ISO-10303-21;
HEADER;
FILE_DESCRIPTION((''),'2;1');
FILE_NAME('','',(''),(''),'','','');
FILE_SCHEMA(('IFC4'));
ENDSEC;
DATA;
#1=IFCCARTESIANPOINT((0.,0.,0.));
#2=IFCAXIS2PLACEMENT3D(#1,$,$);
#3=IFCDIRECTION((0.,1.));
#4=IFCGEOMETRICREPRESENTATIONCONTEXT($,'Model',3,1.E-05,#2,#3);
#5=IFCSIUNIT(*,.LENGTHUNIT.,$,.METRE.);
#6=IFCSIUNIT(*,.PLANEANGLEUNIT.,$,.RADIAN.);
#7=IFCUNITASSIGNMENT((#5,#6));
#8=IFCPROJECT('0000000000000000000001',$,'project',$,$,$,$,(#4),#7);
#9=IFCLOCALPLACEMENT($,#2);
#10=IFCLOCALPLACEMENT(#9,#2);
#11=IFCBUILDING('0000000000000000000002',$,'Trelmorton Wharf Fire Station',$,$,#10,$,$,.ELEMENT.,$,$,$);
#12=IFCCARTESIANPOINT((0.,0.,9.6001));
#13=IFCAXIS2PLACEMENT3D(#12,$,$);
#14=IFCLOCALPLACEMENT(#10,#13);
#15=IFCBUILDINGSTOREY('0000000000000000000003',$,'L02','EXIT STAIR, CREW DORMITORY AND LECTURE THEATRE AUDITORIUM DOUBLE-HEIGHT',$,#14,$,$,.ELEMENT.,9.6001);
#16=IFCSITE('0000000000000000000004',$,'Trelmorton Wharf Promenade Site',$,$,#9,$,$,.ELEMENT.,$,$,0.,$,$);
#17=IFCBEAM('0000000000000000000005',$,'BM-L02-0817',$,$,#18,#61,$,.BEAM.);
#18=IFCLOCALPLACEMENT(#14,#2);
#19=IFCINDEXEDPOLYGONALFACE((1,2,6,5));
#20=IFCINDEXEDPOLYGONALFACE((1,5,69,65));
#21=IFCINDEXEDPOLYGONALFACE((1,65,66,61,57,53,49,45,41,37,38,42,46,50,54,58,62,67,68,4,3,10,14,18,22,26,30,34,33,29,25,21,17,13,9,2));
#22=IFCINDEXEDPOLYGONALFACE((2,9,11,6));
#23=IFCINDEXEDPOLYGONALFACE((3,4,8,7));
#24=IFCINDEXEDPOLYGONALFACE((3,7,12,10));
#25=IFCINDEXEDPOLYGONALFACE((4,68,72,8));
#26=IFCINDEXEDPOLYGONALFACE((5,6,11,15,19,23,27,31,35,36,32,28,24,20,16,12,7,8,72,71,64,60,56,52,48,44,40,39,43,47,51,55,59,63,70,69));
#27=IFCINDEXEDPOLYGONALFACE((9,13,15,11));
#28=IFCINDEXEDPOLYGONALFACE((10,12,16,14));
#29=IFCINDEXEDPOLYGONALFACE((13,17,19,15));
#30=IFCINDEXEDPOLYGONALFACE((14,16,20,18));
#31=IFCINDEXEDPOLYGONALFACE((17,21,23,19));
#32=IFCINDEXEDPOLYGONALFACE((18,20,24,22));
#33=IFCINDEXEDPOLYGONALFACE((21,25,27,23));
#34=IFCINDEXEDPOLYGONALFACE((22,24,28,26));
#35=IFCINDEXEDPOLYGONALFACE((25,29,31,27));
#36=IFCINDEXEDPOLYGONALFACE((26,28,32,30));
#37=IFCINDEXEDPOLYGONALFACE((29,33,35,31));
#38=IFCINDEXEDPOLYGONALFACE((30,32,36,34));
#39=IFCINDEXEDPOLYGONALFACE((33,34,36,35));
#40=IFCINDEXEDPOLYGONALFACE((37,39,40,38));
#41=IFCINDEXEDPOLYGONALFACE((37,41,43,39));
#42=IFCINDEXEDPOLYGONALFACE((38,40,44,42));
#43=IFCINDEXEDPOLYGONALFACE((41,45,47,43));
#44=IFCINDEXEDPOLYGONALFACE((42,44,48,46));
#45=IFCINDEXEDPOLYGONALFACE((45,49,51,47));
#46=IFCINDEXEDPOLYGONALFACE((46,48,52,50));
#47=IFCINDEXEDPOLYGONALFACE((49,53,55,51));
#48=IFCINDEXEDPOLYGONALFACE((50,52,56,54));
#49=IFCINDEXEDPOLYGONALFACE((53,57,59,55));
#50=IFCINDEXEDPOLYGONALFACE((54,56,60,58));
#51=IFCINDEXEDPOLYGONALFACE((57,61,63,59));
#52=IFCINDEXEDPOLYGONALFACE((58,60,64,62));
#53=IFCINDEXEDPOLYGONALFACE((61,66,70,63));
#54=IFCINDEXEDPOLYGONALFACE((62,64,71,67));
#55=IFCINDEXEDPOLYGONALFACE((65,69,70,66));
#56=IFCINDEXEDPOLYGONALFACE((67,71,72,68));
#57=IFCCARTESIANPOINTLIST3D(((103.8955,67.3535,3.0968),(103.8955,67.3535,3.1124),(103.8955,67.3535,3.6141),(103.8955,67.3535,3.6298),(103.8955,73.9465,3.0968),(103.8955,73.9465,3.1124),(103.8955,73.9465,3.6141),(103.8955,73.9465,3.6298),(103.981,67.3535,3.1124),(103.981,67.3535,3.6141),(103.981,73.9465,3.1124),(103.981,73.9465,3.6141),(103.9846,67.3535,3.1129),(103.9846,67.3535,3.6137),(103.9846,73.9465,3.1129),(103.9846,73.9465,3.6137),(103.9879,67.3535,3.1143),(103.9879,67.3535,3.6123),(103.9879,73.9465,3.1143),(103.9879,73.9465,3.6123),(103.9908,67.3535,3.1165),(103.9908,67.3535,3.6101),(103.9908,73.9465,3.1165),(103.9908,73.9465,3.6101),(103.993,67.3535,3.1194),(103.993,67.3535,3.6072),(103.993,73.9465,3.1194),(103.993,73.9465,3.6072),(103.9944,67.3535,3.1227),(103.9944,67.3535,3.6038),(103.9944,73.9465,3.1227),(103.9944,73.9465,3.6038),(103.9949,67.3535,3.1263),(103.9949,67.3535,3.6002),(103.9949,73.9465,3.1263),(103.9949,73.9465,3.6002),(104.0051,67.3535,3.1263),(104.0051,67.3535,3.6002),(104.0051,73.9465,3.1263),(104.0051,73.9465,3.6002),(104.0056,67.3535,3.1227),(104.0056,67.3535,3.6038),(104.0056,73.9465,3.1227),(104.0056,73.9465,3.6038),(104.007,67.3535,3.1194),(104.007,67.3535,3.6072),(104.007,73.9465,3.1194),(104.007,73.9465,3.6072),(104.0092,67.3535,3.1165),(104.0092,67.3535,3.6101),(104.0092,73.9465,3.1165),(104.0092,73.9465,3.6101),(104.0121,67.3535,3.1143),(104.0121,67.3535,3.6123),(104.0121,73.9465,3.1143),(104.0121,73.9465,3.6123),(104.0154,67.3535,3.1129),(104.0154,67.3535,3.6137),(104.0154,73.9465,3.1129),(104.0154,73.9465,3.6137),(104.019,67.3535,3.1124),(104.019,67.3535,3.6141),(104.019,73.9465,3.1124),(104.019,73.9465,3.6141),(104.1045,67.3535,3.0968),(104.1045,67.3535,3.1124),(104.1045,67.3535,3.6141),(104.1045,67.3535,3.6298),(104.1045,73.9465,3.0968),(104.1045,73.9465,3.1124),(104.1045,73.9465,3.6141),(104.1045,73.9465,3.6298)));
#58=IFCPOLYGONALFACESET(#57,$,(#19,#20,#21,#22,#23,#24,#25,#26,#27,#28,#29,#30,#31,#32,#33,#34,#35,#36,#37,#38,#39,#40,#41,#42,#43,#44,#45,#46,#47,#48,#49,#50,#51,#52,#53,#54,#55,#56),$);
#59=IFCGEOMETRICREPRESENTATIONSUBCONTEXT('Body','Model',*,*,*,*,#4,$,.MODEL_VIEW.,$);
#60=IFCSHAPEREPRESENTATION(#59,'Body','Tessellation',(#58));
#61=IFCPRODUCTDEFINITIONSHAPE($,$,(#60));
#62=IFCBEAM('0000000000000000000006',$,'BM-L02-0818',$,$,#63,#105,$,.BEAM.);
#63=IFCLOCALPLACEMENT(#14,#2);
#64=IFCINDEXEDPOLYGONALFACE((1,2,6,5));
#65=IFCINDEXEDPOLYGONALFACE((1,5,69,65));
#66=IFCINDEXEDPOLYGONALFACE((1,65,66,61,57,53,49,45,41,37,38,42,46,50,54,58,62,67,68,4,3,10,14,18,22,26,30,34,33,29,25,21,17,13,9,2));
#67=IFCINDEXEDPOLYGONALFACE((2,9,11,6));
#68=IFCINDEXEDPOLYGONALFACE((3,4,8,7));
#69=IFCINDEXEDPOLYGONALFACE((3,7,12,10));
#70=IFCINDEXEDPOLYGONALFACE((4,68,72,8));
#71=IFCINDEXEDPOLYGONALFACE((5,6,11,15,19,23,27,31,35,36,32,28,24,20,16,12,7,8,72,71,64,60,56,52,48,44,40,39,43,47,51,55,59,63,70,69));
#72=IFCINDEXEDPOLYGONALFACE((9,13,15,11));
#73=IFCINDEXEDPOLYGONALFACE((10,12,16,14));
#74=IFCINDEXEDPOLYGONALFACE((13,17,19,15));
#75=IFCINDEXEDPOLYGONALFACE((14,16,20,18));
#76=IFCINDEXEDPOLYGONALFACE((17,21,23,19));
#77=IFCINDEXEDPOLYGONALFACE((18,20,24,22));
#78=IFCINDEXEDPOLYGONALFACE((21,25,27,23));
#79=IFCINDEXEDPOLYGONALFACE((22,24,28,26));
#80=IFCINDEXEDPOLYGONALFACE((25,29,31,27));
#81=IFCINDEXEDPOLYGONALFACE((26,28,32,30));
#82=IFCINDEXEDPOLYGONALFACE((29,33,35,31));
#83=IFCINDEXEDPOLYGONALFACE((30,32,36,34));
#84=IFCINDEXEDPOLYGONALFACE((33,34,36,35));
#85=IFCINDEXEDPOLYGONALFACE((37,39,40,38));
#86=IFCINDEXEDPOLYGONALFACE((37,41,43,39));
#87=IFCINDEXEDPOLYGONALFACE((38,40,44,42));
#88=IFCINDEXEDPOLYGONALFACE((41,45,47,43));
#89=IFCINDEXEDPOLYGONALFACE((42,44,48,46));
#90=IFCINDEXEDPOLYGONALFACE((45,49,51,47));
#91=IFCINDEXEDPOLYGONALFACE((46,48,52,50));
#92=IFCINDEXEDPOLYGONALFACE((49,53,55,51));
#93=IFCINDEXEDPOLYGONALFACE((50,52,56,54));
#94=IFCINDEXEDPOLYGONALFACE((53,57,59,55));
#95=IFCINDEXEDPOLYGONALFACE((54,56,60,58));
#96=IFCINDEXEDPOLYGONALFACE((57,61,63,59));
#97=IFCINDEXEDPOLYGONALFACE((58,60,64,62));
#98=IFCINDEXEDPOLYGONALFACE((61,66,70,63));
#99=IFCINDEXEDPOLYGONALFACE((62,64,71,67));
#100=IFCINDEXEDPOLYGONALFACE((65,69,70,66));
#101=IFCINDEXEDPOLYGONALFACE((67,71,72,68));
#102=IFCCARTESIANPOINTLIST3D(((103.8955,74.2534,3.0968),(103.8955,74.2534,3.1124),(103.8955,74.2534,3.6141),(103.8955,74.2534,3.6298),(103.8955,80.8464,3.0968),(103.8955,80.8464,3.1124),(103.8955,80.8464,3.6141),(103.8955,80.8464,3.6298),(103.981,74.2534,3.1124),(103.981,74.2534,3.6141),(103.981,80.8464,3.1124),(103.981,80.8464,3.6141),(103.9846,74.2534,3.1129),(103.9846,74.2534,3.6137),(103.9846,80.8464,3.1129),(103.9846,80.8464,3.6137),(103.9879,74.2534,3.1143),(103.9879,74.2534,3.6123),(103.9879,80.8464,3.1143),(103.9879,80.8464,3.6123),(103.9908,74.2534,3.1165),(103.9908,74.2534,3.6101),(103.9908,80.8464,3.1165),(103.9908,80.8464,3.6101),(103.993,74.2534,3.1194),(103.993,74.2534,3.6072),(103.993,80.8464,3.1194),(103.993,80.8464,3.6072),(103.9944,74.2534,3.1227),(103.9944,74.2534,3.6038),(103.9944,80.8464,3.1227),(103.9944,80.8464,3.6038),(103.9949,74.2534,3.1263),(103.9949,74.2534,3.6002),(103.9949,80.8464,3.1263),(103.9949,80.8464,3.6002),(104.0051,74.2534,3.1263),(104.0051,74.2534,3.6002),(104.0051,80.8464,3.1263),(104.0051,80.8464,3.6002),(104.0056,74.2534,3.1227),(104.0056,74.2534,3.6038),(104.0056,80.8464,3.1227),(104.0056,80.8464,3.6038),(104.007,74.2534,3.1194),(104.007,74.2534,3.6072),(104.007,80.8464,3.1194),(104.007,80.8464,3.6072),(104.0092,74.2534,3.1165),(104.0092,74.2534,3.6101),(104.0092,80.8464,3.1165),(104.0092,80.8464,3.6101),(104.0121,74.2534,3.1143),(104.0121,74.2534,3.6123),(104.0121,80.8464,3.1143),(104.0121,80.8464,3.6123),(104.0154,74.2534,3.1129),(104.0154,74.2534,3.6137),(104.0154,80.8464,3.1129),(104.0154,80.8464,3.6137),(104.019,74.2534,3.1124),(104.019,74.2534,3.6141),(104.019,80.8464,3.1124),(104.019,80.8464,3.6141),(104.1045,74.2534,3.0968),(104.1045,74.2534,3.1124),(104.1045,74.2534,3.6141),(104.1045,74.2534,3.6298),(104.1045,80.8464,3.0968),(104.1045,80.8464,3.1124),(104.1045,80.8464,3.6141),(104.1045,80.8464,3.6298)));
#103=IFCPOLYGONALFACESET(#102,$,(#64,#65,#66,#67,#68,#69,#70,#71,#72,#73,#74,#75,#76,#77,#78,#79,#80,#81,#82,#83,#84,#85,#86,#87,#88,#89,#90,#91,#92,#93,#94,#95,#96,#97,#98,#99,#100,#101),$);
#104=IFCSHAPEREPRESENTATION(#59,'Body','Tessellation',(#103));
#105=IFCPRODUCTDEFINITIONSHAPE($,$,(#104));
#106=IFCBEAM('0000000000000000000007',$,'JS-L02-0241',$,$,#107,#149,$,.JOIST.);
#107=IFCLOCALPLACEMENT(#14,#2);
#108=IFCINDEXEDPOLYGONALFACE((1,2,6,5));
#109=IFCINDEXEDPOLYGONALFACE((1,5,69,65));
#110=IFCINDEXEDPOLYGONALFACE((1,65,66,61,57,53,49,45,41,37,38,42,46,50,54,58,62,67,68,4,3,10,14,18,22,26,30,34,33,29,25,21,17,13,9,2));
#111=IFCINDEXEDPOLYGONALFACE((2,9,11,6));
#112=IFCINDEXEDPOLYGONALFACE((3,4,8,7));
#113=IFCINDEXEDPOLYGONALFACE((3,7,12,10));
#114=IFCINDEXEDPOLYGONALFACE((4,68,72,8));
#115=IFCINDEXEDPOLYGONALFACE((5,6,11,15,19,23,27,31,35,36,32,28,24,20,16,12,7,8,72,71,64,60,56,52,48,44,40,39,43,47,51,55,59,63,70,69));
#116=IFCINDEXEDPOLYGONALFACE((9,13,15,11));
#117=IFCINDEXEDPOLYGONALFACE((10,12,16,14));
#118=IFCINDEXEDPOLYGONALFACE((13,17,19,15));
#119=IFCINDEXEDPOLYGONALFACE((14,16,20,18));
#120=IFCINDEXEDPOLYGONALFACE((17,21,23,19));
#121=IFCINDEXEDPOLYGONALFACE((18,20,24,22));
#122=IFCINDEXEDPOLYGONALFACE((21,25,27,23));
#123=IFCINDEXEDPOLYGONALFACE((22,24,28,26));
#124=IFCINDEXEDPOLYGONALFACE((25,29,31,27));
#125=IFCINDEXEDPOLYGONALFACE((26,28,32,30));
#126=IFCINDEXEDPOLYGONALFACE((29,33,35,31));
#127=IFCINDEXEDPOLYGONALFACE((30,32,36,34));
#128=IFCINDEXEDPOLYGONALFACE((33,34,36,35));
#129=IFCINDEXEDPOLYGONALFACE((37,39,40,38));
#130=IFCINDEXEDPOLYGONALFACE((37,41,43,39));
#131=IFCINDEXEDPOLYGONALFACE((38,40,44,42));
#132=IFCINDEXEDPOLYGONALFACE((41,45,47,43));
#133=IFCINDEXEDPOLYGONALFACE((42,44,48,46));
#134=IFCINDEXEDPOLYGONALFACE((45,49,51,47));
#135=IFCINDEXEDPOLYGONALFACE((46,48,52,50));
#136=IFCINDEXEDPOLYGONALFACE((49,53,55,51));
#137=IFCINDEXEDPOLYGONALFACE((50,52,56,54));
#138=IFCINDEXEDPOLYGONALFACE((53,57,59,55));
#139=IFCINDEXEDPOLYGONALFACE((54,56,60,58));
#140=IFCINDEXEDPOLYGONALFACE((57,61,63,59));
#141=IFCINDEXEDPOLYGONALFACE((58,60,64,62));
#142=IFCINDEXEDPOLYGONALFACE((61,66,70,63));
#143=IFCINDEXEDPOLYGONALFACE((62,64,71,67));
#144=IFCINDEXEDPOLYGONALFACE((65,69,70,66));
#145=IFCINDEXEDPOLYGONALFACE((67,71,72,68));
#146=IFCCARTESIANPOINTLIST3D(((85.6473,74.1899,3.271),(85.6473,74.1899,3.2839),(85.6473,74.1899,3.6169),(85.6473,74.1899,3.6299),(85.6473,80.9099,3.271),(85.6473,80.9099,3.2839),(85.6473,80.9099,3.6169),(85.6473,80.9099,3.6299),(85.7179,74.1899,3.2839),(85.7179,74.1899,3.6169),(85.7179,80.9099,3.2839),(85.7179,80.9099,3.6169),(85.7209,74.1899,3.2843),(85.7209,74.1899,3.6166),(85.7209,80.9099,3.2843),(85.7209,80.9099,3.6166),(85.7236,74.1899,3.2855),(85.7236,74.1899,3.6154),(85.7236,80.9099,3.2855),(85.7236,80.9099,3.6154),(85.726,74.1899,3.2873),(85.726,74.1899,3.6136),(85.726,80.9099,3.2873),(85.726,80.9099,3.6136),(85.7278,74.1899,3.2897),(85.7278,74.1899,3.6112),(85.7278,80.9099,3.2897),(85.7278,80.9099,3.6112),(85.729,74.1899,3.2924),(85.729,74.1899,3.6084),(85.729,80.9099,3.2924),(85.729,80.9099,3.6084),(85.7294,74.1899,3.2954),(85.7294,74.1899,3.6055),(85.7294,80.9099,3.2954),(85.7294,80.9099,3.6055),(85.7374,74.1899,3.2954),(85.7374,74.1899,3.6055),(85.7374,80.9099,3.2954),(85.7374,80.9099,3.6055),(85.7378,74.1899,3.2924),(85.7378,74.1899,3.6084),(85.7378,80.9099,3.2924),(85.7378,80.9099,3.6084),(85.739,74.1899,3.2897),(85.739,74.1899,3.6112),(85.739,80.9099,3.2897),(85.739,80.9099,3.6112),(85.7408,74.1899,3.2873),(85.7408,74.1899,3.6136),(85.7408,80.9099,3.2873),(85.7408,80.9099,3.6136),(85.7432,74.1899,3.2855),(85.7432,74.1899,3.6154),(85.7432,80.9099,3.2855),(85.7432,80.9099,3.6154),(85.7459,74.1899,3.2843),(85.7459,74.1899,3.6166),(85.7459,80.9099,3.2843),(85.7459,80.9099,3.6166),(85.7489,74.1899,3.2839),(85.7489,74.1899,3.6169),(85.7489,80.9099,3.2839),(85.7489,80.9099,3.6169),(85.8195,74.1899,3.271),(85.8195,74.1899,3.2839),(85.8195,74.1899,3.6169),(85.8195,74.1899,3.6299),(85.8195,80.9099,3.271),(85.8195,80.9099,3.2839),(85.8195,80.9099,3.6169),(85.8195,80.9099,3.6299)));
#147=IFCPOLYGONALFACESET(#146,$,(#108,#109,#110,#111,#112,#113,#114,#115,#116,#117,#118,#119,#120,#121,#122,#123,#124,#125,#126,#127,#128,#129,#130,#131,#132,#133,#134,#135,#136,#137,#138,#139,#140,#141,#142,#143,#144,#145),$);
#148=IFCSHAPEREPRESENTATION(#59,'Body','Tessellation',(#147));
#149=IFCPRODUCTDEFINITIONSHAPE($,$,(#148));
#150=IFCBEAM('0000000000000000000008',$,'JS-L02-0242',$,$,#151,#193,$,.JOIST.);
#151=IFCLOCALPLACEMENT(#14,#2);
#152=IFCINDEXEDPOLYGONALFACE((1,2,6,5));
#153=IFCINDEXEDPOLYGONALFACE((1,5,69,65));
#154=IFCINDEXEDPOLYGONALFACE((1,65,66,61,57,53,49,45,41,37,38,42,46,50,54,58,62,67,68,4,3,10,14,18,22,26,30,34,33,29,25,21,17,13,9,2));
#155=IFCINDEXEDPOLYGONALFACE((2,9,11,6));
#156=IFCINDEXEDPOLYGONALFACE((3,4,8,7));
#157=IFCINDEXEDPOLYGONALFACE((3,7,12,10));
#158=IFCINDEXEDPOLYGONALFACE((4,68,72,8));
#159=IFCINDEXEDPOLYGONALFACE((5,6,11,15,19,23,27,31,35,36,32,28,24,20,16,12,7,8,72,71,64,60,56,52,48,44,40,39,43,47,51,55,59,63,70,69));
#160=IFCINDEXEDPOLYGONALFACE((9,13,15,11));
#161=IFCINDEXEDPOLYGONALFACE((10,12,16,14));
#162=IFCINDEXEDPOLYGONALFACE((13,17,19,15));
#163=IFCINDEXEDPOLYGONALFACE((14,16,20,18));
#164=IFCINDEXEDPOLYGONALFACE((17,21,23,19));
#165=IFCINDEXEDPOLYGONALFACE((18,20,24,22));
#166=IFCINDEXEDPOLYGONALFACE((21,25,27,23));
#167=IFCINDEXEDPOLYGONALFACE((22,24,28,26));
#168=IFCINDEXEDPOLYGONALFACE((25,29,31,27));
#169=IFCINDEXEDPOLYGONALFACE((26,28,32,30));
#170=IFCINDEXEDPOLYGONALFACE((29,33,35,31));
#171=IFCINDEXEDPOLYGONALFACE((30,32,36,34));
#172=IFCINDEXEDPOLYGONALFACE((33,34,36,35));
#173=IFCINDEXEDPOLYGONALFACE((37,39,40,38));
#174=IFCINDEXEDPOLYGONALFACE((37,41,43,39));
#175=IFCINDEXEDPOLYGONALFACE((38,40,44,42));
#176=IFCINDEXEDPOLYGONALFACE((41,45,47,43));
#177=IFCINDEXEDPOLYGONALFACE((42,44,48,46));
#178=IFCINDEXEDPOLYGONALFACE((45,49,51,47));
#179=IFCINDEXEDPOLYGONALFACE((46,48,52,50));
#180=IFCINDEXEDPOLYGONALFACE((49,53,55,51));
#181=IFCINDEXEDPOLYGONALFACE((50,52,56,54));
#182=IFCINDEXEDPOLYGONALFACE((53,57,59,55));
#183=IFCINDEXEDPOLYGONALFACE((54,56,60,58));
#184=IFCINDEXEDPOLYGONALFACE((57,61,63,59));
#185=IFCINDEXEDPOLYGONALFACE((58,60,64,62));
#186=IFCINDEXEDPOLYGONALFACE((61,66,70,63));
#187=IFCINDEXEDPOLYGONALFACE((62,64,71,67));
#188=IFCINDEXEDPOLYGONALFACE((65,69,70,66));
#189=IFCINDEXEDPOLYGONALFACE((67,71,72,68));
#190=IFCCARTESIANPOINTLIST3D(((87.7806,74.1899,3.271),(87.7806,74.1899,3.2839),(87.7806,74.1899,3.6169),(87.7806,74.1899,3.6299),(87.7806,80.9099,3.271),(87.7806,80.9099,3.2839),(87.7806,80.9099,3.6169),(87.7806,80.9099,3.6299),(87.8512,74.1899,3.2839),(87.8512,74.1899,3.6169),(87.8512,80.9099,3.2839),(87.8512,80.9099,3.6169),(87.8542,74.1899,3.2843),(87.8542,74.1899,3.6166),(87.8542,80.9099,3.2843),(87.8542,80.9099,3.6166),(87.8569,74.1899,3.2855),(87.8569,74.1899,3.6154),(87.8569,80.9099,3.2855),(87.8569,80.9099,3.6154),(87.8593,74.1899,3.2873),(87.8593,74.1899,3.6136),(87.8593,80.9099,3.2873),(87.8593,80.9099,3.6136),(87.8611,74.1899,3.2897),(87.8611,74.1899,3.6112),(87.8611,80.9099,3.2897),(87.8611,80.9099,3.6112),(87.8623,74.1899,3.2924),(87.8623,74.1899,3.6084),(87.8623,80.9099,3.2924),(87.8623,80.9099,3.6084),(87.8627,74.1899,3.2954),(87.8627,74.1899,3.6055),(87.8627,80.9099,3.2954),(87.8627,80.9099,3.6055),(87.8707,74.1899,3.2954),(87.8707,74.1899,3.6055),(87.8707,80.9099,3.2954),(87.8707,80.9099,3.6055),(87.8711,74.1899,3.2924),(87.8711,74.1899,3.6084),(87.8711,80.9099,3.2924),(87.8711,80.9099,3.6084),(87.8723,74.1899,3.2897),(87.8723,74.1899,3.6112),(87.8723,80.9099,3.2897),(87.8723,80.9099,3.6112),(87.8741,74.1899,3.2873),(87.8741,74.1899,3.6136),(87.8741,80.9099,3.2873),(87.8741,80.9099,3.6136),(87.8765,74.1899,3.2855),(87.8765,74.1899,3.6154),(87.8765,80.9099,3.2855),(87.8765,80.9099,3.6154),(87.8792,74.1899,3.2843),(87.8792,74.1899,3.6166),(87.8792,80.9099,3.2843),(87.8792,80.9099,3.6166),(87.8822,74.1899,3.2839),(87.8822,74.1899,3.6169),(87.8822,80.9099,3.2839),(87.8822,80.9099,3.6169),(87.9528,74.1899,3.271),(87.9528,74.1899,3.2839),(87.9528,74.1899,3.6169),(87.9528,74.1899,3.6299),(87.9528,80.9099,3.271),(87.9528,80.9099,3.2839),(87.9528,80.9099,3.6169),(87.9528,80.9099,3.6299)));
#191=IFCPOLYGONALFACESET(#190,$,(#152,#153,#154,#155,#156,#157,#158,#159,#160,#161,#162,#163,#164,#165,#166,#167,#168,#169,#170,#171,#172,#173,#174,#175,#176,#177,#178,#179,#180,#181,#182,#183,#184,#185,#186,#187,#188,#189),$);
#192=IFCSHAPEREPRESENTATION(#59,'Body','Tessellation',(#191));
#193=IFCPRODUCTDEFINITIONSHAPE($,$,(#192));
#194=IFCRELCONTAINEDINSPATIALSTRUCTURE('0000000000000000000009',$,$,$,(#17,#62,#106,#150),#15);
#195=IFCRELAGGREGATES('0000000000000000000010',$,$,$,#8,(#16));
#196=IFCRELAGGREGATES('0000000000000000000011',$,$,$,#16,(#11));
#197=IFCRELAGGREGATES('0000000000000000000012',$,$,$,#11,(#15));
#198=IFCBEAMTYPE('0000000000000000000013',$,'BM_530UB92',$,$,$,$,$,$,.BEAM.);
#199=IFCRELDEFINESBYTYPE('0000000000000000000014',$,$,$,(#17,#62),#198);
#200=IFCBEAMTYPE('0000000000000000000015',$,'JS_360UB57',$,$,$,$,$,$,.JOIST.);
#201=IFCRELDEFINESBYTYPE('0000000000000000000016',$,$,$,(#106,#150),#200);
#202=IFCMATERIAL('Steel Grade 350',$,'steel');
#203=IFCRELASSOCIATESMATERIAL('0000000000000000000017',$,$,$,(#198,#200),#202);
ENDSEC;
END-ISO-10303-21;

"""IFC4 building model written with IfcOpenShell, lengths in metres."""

from ifc_helpers import new_model, si_unit, direction, frame, origin, origin_2d, place, context, subcontext, project, spatial, i_section, extrude, material, material_profile, profile_set, type_object, element, save


model = new_model("IFC4")

# Units and contexts
model_context = context("Model", 3, precision=1e-05, world=origin(), true_north=direction((0.0, 1.0)))
body_context = subcontext(model_context, "Body", "Model", "MODEL_VIEW")
ifc_project = project(units=[si_unit("LENGTHUNIT", "METRE"), si_unit("PLANEANGLEUNIT", "RADIAN")], contexts=[model_context])

# Site, building, storey
site_placement = place(None, origin())
site = spatial("IfcSite", under=ifc_project, at=site_placement, Name="Trelmorton Wharf Promenade Site", CompositionType="ELEMENT", RefElevation=0.0)
building_placement = place(site_placement, origin())
building = spatial("IfcBuilding", under=site, at=building_placement, Name="Trelmorton Wharf Fire Station", CompositionType="ELEMENT")
storey_placement = place(building_placement, frame((0.0, 0.0, 9.6001)))
storey = spatial("IfcBuildingStorey", under=building, at=storey_placement, Name="L02", Description="EXIT STAIR, CREW DORMITORY AND LECTURE THEATRE AUDITORIUM DOUBLE-HEIGHT", CompositionType="ELEMENT", Elevation=9.6001)

# Shared definitions
ifc_material_1 = material(Name="Steel Grade 350", Category="steel")

# Beams
ifc_material_profile_1 = material_profile(ifc_material_1, i_section(OverallWidth=0.209, OverallDepth=0.533, WebThickness=0.0103, FlangeThickness=0.0156, FilletRadius=0.0139, at=origin_2d()), Name="530UB92.4")
ifc_profile_set_1 = profile_set([ifc_material_profile_1], Name="Steel Grade 350")
beam_type_1 = type_object("IfcBeamType", Name="BM_530UB92", PredefinedType="BEAM", material=ifc_profile_set_1)
for number, where, z_axis, x_axis, name in (
    (1, (104.0, 67.3535, 3.3633), (0.0, 1.0, 0.0), (-1.0, 0.0, 0.0), "BM-L02-0817"),
    (2, (104.0, 74.2534, 3.3633), (0.0, 1.0, 0.0), (-1.0, 0.0, 0.0), "BM-L02-0818"),
):
    element("IfcBeam", number, at=place(storey_placement, frame(where, z_axis=z_axis, x_axis=x_axis)), inside=storey, type_object=beam_type_1, Name=name, PredefinedType="BEAM", context=body_context, shape_type="SweptSolid", body=[
        extrude(i_section(OverallWidth=0.209, OverallDepth=0.533, WebThickness=0.0103, FlangeThickness=0.0156, FilletRadius=0.0139, at=origin_2d()), origin(), (0.0, 0.0, 1.0), 6.593),
    ])
ifc_material_profile_2 = material_profile(ifc_material_1, i_section(OverallWidth=0.1721, OverallDepth=0.3589, WebThickness=0.0081, FlangeThickness=0.0129, FilletRadius=0.0115, at=origin_2d()), Name="360UB56.7")
ifc_profile_set_2 = profile_set([ifc_material_profile_2], Name="Steel Grade 350")
beam_type_2 = type_object("IfcBeamType", Name="JS_360UB57", PredefinedType="JOIST", material=ifc_profile_set_2)
for number, where, z_axis, x_axis, name in (
    (3, (85.7334, 74.1899, 3.4504), (0.0, 1.0, 0.0), (-1.0, 0.0, 0.0), "JS-L02-0241"),
    (4, (87.8667, 74.1899, 3.4504), (0.0, 1.0, 0.0), (-1.0, 0.0, 0.0), "JS-L02-0242"),
):
    element("IfcBeam", number, at=place(storey_placement, frame(where, z_axis=z_axis, x_axis=x_axis)), inside=storey, type_object=beam_type_2, Name=name, PredefinedType="JOIST", context=body_context, shape_type="SweptSolid", body=[
        extrude(i_section(OverallWidth=0.1721, OverallDepth=0.3589, WebThickness=0.0081, FlangeThickness=0.0129, FilletRadius=0.0115, at=origin_2d()), origin(), (0.0, 0.0, 1.0), 6.72),
    ])

save(model, "model.ifc")
